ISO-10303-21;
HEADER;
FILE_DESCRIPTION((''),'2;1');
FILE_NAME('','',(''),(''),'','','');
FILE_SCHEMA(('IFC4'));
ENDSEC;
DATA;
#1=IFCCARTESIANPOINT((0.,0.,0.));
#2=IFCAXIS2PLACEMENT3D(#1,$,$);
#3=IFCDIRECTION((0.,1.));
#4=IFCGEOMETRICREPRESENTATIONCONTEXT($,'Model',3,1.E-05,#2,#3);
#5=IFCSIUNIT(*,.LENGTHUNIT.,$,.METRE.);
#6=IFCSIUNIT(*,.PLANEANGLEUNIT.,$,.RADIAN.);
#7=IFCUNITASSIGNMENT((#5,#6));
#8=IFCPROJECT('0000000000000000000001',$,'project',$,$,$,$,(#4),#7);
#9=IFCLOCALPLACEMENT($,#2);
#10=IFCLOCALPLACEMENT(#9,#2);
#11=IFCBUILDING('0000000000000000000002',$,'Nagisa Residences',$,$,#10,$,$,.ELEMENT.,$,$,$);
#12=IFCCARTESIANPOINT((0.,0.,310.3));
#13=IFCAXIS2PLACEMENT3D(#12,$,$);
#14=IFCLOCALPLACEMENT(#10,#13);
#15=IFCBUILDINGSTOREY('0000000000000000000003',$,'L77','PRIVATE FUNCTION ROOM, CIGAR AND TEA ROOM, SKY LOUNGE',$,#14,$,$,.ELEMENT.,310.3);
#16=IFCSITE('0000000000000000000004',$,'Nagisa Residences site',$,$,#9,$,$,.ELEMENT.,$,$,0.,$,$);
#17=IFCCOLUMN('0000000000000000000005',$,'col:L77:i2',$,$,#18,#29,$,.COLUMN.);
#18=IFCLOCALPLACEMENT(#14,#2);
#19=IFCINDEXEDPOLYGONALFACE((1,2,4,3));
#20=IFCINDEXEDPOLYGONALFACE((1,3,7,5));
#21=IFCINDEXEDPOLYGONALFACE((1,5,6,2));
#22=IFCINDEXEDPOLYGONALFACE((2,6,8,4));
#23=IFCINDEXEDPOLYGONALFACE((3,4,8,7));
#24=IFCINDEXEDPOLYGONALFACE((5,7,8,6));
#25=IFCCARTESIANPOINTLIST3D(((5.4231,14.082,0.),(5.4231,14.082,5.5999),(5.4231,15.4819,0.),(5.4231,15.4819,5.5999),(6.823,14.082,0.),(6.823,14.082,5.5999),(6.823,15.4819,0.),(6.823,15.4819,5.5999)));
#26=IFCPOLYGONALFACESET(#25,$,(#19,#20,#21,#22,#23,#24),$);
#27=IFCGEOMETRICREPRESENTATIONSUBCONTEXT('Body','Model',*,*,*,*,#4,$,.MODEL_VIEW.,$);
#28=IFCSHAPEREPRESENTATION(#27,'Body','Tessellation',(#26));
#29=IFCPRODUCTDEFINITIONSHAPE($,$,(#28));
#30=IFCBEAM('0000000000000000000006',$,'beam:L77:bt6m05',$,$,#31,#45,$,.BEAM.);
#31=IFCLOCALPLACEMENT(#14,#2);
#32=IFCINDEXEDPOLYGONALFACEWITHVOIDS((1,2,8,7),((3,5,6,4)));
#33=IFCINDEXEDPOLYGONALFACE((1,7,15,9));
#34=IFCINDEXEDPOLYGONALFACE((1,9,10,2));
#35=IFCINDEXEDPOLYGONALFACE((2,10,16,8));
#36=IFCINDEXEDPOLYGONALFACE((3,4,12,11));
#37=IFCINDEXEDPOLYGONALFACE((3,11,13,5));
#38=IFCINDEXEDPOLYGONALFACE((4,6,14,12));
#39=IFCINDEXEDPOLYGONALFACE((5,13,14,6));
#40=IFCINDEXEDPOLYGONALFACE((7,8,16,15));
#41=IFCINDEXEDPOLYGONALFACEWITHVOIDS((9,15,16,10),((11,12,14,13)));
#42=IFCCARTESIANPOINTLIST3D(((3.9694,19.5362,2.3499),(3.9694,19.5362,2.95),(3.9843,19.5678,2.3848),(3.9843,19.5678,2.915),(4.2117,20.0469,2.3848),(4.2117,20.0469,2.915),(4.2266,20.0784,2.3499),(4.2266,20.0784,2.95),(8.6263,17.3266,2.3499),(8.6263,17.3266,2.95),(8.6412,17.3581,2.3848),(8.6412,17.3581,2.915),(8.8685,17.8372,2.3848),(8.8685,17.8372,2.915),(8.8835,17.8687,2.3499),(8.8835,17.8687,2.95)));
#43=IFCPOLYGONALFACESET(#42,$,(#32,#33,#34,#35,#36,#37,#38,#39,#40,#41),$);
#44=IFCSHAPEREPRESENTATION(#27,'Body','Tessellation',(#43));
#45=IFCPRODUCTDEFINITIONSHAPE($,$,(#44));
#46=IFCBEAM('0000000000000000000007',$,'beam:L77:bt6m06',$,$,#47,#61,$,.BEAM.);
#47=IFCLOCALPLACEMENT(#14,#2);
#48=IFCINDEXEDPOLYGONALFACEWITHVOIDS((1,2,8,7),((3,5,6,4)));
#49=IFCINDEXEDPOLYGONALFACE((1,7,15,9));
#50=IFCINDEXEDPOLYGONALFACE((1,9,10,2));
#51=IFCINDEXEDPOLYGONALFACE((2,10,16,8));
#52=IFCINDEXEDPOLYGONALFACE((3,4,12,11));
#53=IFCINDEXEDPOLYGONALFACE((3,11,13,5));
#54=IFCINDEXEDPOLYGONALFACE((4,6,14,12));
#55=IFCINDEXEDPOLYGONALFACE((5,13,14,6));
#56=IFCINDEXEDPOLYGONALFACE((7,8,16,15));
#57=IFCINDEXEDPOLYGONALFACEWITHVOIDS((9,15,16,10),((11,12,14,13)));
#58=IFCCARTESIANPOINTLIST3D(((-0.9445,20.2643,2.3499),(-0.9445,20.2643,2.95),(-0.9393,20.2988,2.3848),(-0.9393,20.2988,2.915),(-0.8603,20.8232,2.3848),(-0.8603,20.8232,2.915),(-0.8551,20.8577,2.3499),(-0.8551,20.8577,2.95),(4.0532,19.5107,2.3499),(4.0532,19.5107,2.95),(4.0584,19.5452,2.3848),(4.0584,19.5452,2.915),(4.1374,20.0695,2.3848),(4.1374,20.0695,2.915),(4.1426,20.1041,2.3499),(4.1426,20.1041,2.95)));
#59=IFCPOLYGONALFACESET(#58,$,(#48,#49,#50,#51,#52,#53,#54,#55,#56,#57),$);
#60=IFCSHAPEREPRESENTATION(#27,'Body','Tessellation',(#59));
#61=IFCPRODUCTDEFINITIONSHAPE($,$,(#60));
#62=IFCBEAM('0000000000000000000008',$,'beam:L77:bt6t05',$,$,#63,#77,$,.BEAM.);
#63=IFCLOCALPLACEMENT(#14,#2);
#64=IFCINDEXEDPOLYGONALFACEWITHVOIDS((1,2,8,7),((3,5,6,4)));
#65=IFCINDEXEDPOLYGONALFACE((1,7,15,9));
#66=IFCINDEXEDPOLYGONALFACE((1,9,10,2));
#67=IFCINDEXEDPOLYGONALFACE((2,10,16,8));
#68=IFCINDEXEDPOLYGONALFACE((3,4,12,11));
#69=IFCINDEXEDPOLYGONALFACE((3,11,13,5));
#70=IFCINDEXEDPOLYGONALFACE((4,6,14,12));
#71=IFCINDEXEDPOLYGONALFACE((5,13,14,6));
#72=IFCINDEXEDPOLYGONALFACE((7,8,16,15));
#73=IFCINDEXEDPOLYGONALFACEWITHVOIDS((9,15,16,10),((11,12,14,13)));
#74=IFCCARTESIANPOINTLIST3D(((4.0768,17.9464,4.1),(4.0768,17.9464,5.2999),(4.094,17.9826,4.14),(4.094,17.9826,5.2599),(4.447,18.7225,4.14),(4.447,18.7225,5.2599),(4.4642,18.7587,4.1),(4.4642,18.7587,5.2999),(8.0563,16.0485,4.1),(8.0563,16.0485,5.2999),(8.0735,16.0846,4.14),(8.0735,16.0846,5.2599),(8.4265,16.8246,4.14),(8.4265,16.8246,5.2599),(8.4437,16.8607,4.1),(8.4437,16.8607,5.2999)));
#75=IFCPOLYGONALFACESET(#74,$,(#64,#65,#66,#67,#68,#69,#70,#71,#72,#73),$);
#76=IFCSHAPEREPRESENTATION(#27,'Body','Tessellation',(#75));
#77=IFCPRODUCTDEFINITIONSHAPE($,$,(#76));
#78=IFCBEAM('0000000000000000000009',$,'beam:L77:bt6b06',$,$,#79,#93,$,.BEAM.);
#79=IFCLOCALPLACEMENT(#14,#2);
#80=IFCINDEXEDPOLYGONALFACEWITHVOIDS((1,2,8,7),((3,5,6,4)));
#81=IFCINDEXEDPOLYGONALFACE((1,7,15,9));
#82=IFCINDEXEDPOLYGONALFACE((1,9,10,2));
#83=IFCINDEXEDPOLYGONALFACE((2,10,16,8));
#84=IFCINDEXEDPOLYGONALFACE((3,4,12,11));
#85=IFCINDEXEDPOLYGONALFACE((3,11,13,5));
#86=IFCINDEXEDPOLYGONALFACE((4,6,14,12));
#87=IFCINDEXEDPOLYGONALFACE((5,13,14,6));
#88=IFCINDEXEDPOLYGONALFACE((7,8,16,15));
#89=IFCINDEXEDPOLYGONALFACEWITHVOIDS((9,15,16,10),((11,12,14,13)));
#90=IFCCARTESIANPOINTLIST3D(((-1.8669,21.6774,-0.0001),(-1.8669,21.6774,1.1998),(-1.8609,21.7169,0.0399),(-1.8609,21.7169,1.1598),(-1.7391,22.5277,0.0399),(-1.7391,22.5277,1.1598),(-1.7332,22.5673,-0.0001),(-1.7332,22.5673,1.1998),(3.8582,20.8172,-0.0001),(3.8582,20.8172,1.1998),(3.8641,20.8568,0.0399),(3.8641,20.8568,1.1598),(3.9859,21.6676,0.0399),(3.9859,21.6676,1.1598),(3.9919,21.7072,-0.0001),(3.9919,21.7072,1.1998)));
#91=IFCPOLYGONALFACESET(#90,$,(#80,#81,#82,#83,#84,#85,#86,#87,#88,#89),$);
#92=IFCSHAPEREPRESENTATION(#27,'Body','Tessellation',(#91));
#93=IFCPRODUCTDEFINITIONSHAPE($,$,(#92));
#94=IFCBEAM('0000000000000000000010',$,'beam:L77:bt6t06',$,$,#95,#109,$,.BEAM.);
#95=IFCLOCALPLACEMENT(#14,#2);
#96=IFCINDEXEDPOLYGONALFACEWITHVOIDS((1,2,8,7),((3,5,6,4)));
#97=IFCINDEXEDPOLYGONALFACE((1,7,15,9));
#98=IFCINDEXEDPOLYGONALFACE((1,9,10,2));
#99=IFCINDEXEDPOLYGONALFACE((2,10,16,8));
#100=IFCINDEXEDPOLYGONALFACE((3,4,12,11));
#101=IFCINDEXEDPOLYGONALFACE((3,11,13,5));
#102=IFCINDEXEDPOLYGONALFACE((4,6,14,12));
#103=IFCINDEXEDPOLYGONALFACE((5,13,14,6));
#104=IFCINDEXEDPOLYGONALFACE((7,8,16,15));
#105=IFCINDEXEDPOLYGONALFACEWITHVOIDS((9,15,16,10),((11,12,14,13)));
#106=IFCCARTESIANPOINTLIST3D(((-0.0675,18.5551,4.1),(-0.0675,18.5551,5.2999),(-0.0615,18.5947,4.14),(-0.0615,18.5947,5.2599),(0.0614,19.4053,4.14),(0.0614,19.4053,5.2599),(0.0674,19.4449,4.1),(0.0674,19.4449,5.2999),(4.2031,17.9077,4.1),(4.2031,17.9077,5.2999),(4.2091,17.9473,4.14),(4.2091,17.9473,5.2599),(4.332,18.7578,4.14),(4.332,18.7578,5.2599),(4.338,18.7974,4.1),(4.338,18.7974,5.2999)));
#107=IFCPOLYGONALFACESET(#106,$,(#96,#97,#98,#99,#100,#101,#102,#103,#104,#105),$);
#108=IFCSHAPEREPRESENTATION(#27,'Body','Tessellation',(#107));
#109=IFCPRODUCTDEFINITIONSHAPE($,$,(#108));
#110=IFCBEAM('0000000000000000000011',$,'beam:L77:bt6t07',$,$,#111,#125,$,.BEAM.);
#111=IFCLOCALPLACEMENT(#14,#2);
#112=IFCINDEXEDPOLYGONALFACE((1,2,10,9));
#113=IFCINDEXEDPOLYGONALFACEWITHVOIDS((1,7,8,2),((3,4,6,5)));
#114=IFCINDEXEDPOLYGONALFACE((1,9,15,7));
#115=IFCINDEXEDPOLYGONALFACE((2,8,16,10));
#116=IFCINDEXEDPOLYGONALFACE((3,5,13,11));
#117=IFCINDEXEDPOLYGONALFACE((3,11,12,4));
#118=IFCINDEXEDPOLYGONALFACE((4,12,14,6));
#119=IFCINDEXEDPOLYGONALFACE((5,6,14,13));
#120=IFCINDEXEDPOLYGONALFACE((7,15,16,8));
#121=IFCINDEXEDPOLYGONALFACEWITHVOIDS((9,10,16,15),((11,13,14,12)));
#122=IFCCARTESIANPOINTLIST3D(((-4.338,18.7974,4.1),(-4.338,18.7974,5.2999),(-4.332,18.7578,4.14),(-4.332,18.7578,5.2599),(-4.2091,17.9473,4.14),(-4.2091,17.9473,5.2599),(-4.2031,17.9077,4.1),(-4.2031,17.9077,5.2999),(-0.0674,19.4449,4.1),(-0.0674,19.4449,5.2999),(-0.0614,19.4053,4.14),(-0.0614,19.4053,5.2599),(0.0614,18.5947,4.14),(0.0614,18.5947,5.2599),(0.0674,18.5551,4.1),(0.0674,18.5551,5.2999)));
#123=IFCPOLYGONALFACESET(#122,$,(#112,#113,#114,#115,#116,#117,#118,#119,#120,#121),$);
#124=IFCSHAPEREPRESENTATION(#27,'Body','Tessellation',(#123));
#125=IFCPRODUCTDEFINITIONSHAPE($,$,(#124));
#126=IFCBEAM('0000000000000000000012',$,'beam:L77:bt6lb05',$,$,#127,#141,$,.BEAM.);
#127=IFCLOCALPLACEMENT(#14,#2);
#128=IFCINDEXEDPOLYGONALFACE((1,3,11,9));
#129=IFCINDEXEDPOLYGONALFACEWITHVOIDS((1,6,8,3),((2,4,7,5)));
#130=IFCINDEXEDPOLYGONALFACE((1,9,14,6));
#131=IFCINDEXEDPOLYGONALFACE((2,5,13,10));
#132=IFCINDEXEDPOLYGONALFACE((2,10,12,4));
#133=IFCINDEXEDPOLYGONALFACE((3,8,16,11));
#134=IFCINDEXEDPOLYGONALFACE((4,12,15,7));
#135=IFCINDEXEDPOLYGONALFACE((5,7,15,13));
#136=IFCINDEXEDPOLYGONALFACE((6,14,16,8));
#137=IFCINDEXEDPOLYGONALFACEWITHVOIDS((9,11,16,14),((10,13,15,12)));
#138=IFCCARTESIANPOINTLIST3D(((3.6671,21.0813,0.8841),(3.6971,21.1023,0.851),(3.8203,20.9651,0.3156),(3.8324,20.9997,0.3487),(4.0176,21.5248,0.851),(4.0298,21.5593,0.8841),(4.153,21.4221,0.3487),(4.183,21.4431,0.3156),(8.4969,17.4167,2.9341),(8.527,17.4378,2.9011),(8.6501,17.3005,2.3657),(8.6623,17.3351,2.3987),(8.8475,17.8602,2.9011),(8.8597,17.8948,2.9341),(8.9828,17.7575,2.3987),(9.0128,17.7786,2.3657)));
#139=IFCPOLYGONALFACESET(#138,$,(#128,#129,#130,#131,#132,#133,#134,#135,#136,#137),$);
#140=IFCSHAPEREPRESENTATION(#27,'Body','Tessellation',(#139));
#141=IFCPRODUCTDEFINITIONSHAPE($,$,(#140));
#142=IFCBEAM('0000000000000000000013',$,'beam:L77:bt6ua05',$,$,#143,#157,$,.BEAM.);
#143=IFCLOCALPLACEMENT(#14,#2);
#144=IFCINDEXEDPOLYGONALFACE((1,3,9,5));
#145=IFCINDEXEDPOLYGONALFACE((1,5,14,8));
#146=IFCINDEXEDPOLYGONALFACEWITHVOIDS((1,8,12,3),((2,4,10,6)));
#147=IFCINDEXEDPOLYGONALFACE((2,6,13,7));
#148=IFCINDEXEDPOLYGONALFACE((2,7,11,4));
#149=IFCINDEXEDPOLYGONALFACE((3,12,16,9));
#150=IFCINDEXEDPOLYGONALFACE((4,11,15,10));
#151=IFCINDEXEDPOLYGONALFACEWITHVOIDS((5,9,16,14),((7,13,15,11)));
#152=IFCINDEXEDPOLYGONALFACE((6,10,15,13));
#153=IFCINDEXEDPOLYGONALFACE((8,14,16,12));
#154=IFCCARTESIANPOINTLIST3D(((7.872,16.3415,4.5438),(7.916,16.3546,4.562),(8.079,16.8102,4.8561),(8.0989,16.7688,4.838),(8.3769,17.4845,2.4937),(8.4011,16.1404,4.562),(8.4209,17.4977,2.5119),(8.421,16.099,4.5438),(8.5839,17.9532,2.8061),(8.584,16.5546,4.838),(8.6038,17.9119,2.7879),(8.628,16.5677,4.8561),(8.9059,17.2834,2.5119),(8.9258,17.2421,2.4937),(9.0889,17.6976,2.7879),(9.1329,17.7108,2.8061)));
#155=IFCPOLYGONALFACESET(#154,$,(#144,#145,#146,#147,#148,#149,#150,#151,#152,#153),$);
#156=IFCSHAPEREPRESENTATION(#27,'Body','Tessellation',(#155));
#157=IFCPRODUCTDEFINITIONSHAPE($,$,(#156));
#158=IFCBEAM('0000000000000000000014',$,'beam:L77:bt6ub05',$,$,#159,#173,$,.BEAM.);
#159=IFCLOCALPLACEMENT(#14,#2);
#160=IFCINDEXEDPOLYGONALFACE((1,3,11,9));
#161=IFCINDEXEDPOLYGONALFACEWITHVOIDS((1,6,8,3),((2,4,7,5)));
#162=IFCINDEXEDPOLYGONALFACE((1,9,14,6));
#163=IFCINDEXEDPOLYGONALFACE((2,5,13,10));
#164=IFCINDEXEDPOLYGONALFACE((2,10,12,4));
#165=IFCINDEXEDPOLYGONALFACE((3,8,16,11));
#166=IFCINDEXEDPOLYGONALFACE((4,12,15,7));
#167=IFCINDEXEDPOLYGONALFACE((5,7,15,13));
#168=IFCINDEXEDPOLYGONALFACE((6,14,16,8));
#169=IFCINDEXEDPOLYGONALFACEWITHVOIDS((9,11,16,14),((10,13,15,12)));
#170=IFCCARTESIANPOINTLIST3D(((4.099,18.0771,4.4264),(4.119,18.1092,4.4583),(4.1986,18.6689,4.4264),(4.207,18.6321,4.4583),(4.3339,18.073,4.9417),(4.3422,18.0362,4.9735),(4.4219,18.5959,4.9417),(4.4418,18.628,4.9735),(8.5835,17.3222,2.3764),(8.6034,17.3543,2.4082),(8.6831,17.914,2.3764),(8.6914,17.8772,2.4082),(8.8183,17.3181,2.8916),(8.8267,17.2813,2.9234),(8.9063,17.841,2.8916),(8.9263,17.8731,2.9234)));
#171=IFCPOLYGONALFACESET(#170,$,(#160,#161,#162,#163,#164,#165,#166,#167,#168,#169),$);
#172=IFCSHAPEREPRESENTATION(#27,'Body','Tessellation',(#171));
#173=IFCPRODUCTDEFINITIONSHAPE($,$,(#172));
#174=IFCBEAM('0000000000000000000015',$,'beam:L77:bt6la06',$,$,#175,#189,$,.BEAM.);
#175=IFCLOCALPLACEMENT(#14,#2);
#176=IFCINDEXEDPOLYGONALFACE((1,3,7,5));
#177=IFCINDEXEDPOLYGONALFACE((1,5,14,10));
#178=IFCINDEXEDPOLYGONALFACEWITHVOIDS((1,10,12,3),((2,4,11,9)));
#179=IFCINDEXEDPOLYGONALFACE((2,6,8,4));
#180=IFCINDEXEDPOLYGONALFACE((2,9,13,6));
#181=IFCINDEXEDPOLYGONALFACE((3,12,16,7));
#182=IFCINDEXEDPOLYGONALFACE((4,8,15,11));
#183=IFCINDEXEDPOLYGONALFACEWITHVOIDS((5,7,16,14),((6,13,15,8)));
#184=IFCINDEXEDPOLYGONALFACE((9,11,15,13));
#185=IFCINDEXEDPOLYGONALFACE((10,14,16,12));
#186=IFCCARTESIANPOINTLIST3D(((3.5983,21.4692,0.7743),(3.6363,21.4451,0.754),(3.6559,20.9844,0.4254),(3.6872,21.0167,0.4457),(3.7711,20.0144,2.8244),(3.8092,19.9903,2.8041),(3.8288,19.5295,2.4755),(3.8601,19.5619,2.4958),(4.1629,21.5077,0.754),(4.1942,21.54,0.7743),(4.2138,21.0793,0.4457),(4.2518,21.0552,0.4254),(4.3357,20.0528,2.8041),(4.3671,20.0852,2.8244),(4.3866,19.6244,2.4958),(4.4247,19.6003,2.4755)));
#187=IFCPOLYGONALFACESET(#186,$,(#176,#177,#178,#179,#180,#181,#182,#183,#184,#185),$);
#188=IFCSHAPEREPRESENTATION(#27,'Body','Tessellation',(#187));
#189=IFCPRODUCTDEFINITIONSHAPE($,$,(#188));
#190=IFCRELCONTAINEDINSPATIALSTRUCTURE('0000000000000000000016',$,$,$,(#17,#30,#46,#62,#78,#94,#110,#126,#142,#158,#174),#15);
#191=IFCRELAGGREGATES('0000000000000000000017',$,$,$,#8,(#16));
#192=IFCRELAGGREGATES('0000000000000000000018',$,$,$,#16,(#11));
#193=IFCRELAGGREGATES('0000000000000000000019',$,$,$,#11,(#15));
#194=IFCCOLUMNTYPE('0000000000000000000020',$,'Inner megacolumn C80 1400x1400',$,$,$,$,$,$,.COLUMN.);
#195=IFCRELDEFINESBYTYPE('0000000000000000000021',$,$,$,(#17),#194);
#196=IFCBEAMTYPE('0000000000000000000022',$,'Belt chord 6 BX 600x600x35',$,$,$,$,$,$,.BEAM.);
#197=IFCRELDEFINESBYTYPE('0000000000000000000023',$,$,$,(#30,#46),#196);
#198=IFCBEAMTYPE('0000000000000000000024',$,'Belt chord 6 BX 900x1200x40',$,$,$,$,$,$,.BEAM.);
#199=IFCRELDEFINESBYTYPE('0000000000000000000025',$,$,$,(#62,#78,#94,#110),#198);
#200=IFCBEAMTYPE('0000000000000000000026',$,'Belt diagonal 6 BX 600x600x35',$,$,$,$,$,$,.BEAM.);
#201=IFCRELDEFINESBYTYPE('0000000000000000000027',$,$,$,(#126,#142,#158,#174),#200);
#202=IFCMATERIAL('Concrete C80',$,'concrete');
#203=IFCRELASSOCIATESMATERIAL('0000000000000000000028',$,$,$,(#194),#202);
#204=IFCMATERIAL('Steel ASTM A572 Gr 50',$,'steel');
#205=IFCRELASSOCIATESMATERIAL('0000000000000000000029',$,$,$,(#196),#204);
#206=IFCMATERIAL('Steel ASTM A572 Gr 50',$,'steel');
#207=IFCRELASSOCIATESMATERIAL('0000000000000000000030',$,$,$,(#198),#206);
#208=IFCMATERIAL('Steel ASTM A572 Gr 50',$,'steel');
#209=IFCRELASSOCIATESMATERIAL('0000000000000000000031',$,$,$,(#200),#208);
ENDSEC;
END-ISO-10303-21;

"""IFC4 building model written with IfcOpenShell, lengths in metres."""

from ifc_helpers import new_model, si_unit, direction, frame, origin, origin_2d, place, context, subcontext, project, spatial, rectangle, hollow_rectangle, extrude, material, material_profile, profile_set, type_object, element, save


model = new_model("IFC4")

# Units and contexts
model_context = context("Model", 3, precision=1e-05, world=origin(), true_north=direction((0.0, 1.0)))
body_context = subcontext(model_context, "Body", "Model", "MODEL_VIEW")
ifc_project = project(units=[si_unit("LENGTHUNIT", "METRE"), si_unit("PLANEANGLEUNIT", "RADIAN")], contexts=[model_context])

# Site, building, storey
site_placement = place(None, origin())
site = spatial("IfcSite", under=ifc_project, at=site_placement, Name="Nagisa Residences site", CompositionType="ELEMENT", RefElevation=0.0)
building_placement = place(site_placement, origin())
building = spatial("IfcBuilding", under=site, at=building_placement, Name="Nagisa Residences", CompositionType="ELEMENT")
storey_placement = place(building_placement, frame((0.0, 0.0, 310.3)))
storey = spatial("IfcBuildingStorey", under=building, at=storey_placement, Name="L77", Description="PRIVATE FUNCTION ROOM, CIGAR AND TEA ROOM, SKY LOUNGE", CompositionType="ELEMENT", Elevation=310.3)

# Column
ifc_material_1 = material(Name="Concrete C80", Category="concrete")
ifc_material_profile_1 = material_profile(ifc_material_1, rectangle(XDim=1.3999, YDim=1.3999, at=origin_2d()), Name="C80 1400x1400")
ifc_profile_set_1 = profile_set([ifc_material_profile_1], Name="Concrete C80")
column_type = type_object("IfcColumnType", Name="Inner megacolumn C80 1400x1400", PredefinedType="COLUMN", material=ifc_profile_set_1)
column_placement = place(storey_placement, frame((6.123, 14.782, 0.0), z_axis=(0.0, 0.0, 1.0), x_axis=(1.0, 0.0, 0.0)))
element("IfcColumn", 1, at=column_placement, inside=storey, type_object=column_type, Name="col:L77:i2", PredefinedType="COLUMN", context=body_context, shape_type="SweptSolid", body=[
    extrude(rectangle(XDim=1.3999, YDim=1.3999, at=origin_2d()), origin(), (0.0, 0.0, 1.0), 5.5999),
])

# Beams
ifc_material_2 = material(Name="Steel ASTM A572 Gr 50", Category="steel")
ifc_material_profile_2 = material_profile(ifc_material_2, hollow_rectangle(XDim=0.6001, YDim=0.6001, WallThickness=0.0349, at=origin_2d()), Name="BX 600x600x35")
ifc_profile_set_2 = profile_set([ifc_material_profile_2], Name="Steel ASTM A572 Gr 50")
beam_type_1 = type_object("IfcBeamType", Name="Belt chord 6 BX 600x600x35", PredefinedType="BEAM", material=ifc_profile_set_2)
beam_1_placement = place(storey_placement, frame((8.7549, 17.5977, 2.6499), z_axis=(-0.903454, 0.428685, 0.0), x_axis=(-0.428685, -0.903454, 0.0)))
element("IfcBeam", 2, at=beam_1_placement, inside=storey, type_object=beam_type_1, Name="beam:L77:bt6m05", PredefinedType="BEAM", context=body_context, shape_type="SweptSolid", body=[
    extrude(hollow_rectangle(XDim=0.6001, YDim=0.6001, WallThickness=0.0349, at=origin_2d()), origin(), (0.0, 0.0, 1.0), 5.1545),
])
beam_2_placement = place(storey_placement, frame((4.0979, 19.8074, 2.6499), z_axis=(-0.98882, 0.149113, 0.0), x_axis=(-0.149113, -0.98882, 0.0)))
element("IfcBeam", 3, at=beam_2_placement, inside=storey, type_object=beam_type_1, Name="beam:L77:bt6m06", PredefinedType="BEAM", context=body_context, shape_type="SweptSolid", body=[
    extrude(hollow_rectangle(XDim=0.6001, YDim=0.6001, WallThickness=0.0349, at=origin_2d()), origin(), (0.0, 0.0, 1.0), 5.0542),
])
ifc_material_3 = material(Name="Steel ASTM A572 Gr 50", Category="steel")
ifc_material_profile_3 = material_profile(ifc_material_3, hollow_rectangle(XDim=0.8999, YDim=1.2, WallThickness=0.04, at=origin_2d()), Name="BX 900x1200x40")
ifc_profile_set_3 = profile_set([ifc_material_profile_3], Name="Steel ASTM A572 Gr 50")
beam_type_2 = type_object("IfcBeamType", Name="Belt chord 6 BX 900x1200x40", PredefinedType="BEAM", material=ifc_profile_set_3)
beam_3_placement = place(storey_placement, frame((8.25, 16.4546, 4.7), z_axis=(-0.9026, 0.430479, 0.0), x_axis=(-0.430479, -0.9026, 0.0)))
element("IfcBeam", 4, at=beam_3_placement, inside=storey, type_object=beam_type_2, Name="beam:L77:bt6t05", PredefinedType="BEAM", context=body_context, shape_type="SweptSolid", body=[
    extrude(hollow_rectangle(XDim=0.8999, YDim=1.2, WallThickness=0.04, at=origin_2d()), origin(), (0.0, 0.0, 1.0), 4.4089),
])
beam_4_placement = place(storey_placement, frame((3.925, 21.2622, 0.5999), z_axis=(-0.988902, 0.148567, 0.0), x_axis=(-0.148567, -0.988902, 0.0)))
element("IfcBeam", 5, at=beam_4_placement, inside=storey, type_object=beam_type_2, Name="beam:L77:bt6b06", PredefinedType="BEAM", context=body_context, shape_type="SweptSolid", body=[
    extrude(hollow_rectangle(XDim=0.8999, YDim=1.2, WallThickness=0.04, at=origin_2d()), origin(), (0.0, 0.0, 1.0), 5.7893),
])
for number, where, z_axis, x_axis, name in (
    (6, (4.2705, 18.3525, 4.7), (-0.988701, 0.149899, 0.0), (-0.149899, -0.988701, 0.0), "beam:L77:bt6t06"),
    (7, (0.0, 19.0, 4.7), (-0.988701, -0.149899, 0.0), (0.149899, -0.988701, 0.0), "beam:L77:bt6t07"),
):
    element("IfcBeam", number, at=place(storey_placement, frame(where, z_axis=z_axis, x_axis=x_axis)), inside=storey, type_object=beam_type_2, Name=name, PredefinedType="BEAM", context=body_context, shape_type="SweptSolid", body=[
        extrude(hollow_rectangle(XDim=0.8999, YDim=1.2, WallThickness=0.04, at=origin_2d()), origin(), (0.0, 0.0, 1.0), 4.3193),
    ])
ifc_material_4 = material(Name="Steel ASTM A572 Gr 50", Category="steel")
ifc_material_profile_4 = material_profile(ifc_material_4, hollow_rectangle(XDim=0.6001, YDim=0.6001, WallThickness=0.0349, at=origin_2d()), Name="BX 600x600x35")
ifc_profile_set_4 = profile_set([ifc_material_profile_4], Name="Steel ASTM A572 Gr 50")
beam_type_3 = type_object("IfcBeamType", Name="Belt diagonal 6 BX 600x600x35", PredefinedType="BEAM", material=ifc_profile_set_4)
beam_5_placement = place(storey_placement, frame((3.925, 21.2622, 0.5999), z_axis=(0.754671, -0.572594, 0.320324), x_axis=(0.604443, 0.796648, 0.0)))
element("IfcBeam", 8, at=beam_5_placement, inside=storey, type_object=beam_type_3, Name="beam:L77:bt6lb05", PredefinedType="BEAM", context=body_context, shape_type="SweptSolid", body=[
    extrude(hollow_rectangle(XDim=0.6001, YDim=0.6001, WallThickness=0.0349, at=origin_2d()), origin(), (0.0, 0.0, 1.0), 6.3999),
])
beam_6_placement = place(storey_placement, frame((8.7549, 17.5977, 2.6499), z_axis=(-0.210291, -0.476104, 0.853875), x_axis=(0.914744, -0.404035, 0.0)))
element("IfcBeam", 9, at=beam_6_placement, inside=storey, type_object=beam_type_3, Name="beam:L77:bt6ua05", PredefinedType="BEAM", context=body_context, shape_type="SweptSolid", body=[
    extrude(hollow_rectangle(XDim=0.6001, YDim=0.6001, WallThickness=0.0349, at=origin_2d()), origin(), (0.0, 0.0, 1.0), 2.4009),
])
beam_7_placement = place(storey_placement, frame((8.7549, 17.5977, 2.6499), z_axis=(-0.898996, 0.151334, 0.410979), x_axis=(-0.166001, -0.986126, 0.0)))
element("IfcBeam", 10, at=beam_7_placement, inside=storey, type_object=beam_type_3, Name="beam:L77:bt6ub05", PredefinedType="BEAM", context=body_context, shape_type="SweptSolid", body=[
    extrude(hollow_rectangle(XDim=0.6001, YDim=0.6001, WallThickness=0.0349, at=origin_2d()), origin(), (0.0, 0.0, 1.0), 4.9883),
])
for number, where, z_axis, x_axis, name in (
    (11, (3.925, 21.2622, 0.5999), (0.068599, -0.577373, 0.813593), (0.993016, 0.117982, 0.0), "beam:L77:bt6la06"),
):
    element("IfcBeam", number, at=place(storey_placement, frame(where, z_axis=z_axis, x_axis=x_axis)), inside=storey, type_object=beam_type_3, Name=name, PredefinedType="BEAM", context=body_context, shape_type="SweptSolid", body=[
        extrude(hollow_rectangle(XDim=0.6001, YDim=0.6001, WallThickness=0.0349, at=origin_2d()), origin(), (0.0, 0.0, 1.0), 2.5198),
    ])

save(model, "model.ifc")
